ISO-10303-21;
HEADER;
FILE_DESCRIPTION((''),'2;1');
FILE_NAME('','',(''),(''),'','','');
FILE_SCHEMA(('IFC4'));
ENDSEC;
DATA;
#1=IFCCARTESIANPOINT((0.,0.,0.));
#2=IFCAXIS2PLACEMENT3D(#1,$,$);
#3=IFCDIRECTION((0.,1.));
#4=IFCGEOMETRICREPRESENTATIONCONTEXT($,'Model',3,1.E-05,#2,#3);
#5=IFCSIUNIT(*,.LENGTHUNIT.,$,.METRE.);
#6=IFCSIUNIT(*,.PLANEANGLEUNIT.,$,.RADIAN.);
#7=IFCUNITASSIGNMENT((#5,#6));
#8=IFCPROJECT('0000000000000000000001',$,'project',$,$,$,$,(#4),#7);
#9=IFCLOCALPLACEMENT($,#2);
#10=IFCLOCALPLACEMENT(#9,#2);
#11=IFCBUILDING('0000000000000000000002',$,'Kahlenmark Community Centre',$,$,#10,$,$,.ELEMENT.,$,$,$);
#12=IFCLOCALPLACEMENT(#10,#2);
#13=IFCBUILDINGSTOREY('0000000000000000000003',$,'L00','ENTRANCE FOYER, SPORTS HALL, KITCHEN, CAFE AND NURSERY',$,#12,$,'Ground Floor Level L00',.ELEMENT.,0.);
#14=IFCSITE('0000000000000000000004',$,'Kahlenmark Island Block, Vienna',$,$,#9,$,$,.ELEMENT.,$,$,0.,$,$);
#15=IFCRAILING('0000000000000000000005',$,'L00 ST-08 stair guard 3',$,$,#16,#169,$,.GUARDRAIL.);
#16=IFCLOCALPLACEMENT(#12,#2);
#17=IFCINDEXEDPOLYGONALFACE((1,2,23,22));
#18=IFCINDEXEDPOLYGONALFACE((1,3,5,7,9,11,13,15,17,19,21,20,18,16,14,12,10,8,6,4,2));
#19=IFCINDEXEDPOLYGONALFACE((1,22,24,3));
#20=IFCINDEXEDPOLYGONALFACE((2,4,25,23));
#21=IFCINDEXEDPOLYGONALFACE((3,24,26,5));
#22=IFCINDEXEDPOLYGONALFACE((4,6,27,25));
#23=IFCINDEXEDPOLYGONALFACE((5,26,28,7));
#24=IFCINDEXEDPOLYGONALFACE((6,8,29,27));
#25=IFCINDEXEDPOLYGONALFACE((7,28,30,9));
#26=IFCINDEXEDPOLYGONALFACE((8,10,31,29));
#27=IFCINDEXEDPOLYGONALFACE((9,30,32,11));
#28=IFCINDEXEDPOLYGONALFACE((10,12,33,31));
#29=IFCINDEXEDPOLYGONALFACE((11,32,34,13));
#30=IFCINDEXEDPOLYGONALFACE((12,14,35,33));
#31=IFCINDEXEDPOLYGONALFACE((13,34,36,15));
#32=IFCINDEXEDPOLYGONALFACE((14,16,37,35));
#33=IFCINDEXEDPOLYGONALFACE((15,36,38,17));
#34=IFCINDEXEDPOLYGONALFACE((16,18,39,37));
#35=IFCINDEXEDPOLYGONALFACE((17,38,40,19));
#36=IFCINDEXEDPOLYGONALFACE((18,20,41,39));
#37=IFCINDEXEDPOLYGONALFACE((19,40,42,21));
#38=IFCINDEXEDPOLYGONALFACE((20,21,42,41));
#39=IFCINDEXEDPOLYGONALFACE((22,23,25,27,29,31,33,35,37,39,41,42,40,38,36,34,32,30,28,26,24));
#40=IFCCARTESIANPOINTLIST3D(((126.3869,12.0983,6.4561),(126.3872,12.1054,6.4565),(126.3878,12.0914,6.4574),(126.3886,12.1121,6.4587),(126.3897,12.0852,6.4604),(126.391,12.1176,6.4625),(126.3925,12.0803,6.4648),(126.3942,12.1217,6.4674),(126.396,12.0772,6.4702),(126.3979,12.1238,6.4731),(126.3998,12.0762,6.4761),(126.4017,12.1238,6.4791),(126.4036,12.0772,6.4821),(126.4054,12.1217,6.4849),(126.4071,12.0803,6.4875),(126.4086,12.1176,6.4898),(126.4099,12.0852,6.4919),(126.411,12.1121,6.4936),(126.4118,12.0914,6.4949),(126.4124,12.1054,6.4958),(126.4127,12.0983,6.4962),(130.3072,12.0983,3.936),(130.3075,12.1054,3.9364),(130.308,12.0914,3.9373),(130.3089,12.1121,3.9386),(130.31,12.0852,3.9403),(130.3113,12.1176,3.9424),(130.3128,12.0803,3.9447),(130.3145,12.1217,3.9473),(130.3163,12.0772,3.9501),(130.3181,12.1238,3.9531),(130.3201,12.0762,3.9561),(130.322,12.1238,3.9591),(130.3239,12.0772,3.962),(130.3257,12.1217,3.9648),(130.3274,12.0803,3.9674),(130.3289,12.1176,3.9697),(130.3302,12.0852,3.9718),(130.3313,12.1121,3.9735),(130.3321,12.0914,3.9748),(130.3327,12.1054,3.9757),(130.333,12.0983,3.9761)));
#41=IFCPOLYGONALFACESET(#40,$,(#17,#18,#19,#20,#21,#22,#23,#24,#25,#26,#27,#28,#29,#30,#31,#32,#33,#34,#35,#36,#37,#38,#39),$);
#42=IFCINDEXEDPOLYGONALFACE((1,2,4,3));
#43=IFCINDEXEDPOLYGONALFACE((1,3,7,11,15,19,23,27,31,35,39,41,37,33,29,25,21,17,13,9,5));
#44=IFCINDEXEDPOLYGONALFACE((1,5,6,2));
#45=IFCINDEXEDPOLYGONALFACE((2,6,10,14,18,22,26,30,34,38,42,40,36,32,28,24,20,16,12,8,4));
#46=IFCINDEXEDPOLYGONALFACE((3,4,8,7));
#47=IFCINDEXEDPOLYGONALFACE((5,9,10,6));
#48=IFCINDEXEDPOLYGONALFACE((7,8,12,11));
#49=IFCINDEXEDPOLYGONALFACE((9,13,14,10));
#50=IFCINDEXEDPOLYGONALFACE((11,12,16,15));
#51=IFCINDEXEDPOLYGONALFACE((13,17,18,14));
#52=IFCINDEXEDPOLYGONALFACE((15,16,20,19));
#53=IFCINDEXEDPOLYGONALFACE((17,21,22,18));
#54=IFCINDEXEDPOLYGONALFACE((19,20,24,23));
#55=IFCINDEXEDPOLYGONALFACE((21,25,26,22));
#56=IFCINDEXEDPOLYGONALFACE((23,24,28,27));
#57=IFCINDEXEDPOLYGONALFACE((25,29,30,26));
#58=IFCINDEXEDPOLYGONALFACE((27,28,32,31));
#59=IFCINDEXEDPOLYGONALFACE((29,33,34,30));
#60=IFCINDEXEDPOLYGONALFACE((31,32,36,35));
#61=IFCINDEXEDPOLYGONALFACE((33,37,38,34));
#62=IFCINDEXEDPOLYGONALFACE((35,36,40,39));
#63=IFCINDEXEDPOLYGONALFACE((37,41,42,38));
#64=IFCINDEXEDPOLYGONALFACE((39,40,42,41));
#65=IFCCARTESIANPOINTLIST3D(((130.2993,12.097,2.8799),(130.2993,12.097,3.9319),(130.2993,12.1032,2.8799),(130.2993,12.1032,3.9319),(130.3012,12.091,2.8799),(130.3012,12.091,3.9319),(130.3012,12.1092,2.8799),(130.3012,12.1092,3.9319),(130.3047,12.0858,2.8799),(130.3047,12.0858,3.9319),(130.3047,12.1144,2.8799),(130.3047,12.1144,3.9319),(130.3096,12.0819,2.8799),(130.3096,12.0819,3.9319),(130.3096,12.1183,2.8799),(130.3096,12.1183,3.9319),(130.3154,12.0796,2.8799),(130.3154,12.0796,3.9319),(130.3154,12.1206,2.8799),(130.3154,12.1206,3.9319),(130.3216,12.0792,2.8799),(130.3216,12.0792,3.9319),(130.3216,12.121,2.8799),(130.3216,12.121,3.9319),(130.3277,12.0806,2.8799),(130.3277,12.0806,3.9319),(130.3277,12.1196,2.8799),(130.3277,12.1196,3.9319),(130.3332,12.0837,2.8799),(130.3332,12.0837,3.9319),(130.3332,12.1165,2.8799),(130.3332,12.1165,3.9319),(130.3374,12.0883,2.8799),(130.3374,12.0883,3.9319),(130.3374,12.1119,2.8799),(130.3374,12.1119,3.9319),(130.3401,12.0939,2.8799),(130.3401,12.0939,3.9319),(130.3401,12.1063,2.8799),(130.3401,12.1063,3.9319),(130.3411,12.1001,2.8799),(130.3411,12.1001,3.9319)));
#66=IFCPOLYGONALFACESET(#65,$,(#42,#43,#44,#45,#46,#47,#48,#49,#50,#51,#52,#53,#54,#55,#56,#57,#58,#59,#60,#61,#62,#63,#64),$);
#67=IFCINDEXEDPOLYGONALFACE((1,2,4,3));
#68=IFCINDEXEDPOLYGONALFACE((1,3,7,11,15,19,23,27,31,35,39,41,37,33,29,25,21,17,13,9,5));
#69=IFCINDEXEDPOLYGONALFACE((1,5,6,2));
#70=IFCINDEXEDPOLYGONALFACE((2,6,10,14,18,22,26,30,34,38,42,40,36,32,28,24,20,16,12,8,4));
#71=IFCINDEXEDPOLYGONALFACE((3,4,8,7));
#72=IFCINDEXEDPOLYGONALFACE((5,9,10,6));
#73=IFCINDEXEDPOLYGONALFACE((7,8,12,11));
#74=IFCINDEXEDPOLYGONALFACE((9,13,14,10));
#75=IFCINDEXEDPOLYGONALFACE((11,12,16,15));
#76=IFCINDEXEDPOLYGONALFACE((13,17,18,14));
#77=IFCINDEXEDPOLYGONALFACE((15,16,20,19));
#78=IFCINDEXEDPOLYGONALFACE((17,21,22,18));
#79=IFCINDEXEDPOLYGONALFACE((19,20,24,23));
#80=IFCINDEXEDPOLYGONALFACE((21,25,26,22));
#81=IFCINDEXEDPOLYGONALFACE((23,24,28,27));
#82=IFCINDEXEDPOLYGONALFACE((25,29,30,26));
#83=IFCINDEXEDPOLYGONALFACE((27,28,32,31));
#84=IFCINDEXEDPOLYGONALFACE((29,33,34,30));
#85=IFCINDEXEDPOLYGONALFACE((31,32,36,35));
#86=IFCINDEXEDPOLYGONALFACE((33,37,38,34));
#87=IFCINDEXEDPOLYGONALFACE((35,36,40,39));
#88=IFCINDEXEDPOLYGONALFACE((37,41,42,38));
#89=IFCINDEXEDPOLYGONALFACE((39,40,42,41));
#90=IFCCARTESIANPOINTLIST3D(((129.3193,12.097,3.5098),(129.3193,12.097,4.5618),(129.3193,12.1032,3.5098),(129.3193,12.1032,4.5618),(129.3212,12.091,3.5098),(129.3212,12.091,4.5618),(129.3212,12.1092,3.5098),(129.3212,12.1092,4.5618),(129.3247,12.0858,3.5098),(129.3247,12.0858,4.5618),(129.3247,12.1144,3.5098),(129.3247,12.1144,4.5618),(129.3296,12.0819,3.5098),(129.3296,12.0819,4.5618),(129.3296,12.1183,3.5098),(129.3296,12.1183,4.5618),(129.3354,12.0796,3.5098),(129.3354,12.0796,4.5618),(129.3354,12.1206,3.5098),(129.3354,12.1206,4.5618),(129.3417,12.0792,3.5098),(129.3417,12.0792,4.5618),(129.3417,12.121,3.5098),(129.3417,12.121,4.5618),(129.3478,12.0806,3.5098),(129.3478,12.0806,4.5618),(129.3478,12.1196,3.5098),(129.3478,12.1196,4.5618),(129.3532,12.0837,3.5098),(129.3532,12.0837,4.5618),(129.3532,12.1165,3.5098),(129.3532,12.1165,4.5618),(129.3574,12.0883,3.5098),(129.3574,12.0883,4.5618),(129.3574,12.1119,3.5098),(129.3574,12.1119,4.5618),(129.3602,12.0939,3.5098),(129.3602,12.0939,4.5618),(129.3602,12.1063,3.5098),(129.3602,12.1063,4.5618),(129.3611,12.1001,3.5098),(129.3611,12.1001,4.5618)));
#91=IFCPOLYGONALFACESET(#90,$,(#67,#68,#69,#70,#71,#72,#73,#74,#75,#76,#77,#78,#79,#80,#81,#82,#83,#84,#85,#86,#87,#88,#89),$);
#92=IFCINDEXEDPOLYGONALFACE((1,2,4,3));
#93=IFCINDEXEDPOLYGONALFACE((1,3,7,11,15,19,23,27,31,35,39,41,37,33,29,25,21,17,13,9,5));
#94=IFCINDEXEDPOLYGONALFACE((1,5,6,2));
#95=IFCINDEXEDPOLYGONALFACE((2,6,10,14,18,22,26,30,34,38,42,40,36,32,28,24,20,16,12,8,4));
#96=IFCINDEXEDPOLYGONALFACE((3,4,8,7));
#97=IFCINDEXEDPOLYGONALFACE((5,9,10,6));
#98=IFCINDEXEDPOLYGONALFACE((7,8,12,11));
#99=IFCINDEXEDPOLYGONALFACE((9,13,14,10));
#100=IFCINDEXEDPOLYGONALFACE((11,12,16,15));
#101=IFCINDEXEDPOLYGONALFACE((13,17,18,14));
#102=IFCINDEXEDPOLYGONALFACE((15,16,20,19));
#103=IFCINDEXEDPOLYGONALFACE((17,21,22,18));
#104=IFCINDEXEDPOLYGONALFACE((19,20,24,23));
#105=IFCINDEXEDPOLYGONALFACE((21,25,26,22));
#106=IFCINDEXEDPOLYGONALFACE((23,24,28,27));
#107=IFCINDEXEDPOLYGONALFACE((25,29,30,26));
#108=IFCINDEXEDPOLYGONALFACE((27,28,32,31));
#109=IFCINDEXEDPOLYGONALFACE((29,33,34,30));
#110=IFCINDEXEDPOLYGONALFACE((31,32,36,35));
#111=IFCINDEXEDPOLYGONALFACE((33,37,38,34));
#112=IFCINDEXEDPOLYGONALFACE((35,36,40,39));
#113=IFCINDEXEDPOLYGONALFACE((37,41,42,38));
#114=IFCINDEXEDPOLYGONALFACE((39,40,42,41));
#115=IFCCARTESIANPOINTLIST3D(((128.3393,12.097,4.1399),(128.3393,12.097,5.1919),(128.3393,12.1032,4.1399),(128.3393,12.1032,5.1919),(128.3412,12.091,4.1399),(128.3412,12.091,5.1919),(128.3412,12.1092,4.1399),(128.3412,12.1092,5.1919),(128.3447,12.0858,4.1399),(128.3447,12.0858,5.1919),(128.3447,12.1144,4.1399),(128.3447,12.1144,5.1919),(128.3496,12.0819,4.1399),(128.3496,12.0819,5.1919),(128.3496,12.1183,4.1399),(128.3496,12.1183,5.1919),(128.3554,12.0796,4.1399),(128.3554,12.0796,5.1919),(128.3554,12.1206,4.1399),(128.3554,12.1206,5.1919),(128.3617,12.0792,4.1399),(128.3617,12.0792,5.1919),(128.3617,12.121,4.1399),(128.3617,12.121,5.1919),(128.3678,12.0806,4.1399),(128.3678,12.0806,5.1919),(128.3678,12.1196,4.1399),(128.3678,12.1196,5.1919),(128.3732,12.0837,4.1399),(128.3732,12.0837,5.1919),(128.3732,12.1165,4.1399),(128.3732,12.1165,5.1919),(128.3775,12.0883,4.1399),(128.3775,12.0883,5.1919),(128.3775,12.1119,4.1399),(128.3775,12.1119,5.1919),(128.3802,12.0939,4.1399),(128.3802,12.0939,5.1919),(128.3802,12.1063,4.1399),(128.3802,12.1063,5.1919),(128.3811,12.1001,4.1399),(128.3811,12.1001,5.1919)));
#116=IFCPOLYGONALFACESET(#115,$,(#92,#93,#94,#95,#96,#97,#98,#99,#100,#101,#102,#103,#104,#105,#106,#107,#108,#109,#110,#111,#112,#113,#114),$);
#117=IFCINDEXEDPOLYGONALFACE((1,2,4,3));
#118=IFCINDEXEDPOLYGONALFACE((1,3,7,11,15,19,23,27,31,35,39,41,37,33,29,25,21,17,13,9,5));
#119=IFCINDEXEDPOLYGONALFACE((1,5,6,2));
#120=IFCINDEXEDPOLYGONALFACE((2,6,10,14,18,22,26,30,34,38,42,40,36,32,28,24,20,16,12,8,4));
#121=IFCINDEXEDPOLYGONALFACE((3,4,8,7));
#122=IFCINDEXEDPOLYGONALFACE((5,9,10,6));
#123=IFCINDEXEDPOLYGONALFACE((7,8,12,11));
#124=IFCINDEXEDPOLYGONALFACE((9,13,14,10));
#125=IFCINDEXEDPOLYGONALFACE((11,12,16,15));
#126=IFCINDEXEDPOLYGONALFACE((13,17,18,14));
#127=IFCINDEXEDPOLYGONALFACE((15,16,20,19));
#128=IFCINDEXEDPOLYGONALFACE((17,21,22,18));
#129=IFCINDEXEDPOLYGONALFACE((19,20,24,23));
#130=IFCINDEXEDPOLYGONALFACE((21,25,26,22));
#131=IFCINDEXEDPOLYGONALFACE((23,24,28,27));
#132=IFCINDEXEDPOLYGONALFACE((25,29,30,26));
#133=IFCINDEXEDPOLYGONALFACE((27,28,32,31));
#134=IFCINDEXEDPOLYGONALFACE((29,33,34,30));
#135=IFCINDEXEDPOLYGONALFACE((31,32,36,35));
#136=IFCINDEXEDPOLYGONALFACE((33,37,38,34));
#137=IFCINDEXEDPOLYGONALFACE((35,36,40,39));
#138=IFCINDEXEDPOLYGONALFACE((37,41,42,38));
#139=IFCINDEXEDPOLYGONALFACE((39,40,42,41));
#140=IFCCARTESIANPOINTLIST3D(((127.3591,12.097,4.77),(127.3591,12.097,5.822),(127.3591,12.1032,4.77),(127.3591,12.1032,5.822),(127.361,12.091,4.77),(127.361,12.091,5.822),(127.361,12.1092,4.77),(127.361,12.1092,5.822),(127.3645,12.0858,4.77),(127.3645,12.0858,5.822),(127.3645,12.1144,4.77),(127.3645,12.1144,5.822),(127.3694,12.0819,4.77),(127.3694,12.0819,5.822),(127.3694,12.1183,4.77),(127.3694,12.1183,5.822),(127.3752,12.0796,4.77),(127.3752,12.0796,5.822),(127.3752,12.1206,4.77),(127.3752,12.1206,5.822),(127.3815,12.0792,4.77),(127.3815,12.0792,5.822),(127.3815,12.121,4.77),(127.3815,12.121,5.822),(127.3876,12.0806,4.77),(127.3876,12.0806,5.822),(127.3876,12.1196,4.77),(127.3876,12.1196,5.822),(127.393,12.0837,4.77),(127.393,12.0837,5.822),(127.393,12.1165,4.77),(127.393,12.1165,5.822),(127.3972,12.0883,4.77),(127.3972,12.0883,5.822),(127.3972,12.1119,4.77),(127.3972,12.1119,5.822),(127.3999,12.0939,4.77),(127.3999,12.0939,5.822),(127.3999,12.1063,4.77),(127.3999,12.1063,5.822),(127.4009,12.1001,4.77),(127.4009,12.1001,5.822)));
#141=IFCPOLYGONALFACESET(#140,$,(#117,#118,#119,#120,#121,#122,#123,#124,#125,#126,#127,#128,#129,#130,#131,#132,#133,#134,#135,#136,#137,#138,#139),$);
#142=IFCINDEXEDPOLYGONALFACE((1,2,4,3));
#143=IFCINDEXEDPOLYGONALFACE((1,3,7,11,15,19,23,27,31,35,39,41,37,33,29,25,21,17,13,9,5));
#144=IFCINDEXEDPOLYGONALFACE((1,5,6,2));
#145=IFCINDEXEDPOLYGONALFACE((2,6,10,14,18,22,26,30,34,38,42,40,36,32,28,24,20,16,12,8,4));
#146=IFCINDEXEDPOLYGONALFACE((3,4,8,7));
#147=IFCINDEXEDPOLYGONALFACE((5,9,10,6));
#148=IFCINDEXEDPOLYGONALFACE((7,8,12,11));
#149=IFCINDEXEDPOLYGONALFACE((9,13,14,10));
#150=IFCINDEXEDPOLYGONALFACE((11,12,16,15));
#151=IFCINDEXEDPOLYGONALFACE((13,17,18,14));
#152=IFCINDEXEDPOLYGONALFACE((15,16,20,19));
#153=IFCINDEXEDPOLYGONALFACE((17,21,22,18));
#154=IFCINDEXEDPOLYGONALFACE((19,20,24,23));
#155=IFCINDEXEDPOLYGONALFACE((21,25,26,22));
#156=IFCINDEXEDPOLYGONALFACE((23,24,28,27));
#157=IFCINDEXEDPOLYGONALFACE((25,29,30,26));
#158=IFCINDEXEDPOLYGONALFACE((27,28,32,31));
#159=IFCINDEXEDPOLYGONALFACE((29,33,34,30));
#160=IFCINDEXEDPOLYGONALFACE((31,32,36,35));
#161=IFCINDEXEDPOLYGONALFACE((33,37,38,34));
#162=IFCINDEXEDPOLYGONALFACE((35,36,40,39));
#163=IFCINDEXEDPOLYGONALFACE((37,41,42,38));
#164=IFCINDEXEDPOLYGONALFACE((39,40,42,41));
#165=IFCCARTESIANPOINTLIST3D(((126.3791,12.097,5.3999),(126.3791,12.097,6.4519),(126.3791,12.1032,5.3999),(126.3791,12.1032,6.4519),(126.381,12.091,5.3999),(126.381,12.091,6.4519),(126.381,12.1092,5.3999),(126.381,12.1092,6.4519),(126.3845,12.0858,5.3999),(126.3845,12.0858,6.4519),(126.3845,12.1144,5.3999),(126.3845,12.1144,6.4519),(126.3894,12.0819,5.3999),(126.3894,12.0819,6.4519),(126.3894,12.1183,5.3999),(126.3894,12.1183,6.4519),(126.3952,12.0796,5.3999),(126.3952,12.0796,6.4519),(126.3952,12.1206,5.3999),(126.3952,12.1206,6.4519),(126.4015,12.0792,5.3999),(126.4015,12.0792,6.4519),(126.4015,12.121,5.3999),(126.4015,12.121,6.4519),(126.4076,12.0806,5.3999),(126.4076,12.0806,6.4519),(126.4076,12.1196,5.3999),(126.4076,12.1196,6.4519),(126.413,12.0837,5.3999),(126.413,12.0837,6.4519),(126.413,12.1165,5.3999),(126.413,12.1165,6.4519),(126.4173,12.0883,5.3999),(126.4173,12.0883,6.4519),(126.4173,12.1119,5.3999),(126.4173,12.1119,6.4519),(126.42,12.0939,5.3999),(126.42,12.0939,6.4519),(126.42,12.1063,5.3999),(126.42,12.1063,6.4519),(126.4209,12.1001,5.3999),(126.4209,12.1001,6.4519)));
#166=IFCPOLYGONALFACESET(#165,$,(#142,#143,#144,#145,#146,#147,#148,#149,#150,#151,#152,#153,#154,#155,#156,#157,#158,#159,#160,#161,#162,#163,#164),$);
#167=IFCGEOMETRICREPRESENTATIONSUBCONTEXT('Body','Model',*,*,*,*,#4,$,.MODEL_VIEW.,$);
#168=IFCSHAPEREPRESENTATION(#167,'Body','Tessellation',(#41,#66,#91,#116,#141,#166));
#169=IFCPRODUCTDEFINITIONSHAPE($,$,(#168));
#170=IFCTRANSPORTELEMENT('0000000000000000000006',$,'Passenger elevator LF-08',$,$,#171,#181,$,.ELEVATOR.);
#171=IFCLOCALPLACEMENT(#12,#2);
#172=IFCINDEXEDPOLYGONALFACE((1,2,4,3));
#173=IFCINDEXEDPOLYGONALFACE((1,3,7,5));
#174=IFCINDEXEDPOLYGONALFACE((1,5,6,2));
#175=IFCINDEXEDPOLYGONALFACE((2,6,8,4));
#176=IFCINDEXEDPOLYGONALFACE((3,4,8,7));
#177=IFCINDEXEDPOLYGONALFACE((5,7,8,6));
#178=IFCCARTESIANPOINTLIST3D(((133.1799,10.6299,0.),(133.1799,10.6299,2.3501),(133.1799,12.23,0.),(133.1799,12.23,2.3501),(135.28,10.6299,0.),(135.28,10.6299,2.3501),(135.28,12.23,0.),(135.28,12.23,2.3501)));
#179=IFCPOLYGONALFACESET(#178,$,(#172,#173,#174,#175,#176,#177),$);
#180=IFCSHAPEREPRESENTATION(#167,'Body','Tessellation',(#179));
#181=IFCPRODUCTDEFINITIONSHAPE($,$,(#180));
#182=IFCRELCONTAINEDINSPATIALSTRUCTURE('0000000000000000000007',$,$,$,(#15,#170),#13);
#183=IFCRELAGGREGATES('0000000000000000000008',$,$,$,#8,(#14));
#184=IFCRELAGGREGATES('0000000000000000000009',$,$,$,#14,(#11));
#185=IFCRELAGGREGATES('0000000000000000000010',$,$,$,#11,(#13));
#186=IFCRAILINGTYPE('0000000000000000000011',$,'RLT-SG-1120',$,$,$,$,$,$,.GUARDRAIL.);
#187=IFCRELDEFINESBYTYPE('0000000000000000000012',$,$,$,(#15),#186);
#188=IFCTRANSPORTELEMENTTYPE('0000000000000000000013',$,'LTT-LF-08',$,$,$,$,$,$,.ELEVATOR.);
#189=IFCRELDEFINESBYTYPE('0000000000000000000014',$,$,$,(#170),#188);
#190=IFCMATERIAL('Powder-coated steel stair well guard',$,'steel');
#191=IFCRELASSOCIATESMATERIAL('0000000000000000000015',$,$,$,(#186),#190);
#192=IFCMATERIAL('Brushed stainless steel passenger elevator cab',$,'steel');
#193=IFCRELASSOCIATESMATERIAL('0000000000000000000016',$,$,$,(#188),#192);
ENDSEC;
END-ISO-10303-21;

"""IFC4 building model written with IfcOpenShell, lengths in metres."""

from ifc_helpers import new_model, si_unit, direction, frame, origin, origin_2d, place, context, subcontext, project, spatial, rectangle, circle, extrude, material, type_object, element, save


model = new_model("IFC4")

# Units and contexts
model_context = context("Model", 3, precision=1e-05, world=origin(), true_north=direction((0.0, 1.0)))
body_context = subcontext(model_context, "Body", "Model", "MODEL_VIEW")
ifc_project = project(units=[si_unit("LENGTHUNIT", "METRE"), si_unit("PLANEANGLEUNIT", "RADIAN")], contexts=[model_context])

# Site, building, storey
site_placement = place(None, origin())
site = spatial("IfcSite", under=ifc_project, at=site_placement, Name="Kahlenmark Island Block, Vienna", CompositionType="ELEMENT", RefElevation=0.0)
building_placement = place(site_placement, origin())
building = spatial("IfcBuilding", under=site, at=building_placement, Name="Kahlenmark Community Centre", CompositionType="ELEMENT")
storey_placement = place(building_placement, origin())
storey = spatial("IfcBuildingStorey", under=building, at=storey_placement, Name="L00", Description="ENTRANCE FOYER, SPORTS HALL, KITCHEN, CAFE AND NURSERY", LongName="Ground Floor Level L00", CompositionType="ELEMENT", Elevation=0.0)

# Railing
ifc_material_1 = material(Name="Powder-coated steel stair well guard", Category="steel")
railing_type_1 = type_object("IfcRailingType", Name="RLT-SG-1120", PredefinedType="GUARDRAIL", material=ifc_material_1)
railing_1_placement = place(storey_placement, frame((130.3201, 12.1001, 2.8799)))
element("IfcRailing", 1, at=railing_1_placement, inside=storey, type_object=railing_type_1, Name="L00 ST-08 stair guard 3", PredefinedType="GUARDRAIL", context=body_context, shape_type="SweptSolid", body=[
    extrude(circle(Radius=0.0239, at=origin_2d()), frame((0.0, 0.0, 1.0762), z_axis=(-0.841187, 0.0, 0.540744), x_axis=(0.0, -1.0, 0.0)), (0.0, 0.0, 1.0), 4.6604),
    extrude(circle(Radius=0.021, at=origin_2d()), origin(), (0.0, 0.0, 1.0), 1.052),
    extrude(circle(Radius=0.021, at=origin_2d()), frame((-0.98, 0.0, 0.6299)), (0.0, 0.0, 1.0), 1.052),
    extrude(circle(Radius=0.021, at=origin_2d()), frame((-1.96, 0.0, 1.26)), (0.0, 0.0, 1.0), 1.052),
    extrude(circle(Radius=0.021, at=origin_2d()), frame((-2.9402, 0.0, 1.8901)), (0.0, 0.0, 1.0), 1.052),
    extrude(circle(Radius=0.021, at=origin_2d()), frame((-3.9202, 0.0, 2.52)), (0.0, 0.0, 1.0), 1.052),
])

# Transport element
ifc_material_2 = material(Name="Brushed stainless steel passenger elevator cab", Category="steel")
transport_element_type = type_object("IfcTransportElementType", Name="LTT-LF-08", PredefinedType="ELEVATOR", material=ifc_material_2)
transport_element_placement = place(storey_placement, frame((134.23, 11.4299, 0.0), z_axis=(0.0, 0.0, 1.0), x_axis=(1.0, 0.0, 0.0)))
element("IfcTransportElement", 2, at=transport_element_placement, inside=storey, type_object=transport_element_type, Name="Passenger elevator LF-08", PredefinedType="ELEVATOR", context=body_context, shape_type="SweptSolid", body=[
    extrude(rectangle(XDim=2.1001, YDim=1.6001, at=origin_2d()), origin(), (0.0, 0.0, 1.0), 2.3501),
])

save(model, "model.ifc")
